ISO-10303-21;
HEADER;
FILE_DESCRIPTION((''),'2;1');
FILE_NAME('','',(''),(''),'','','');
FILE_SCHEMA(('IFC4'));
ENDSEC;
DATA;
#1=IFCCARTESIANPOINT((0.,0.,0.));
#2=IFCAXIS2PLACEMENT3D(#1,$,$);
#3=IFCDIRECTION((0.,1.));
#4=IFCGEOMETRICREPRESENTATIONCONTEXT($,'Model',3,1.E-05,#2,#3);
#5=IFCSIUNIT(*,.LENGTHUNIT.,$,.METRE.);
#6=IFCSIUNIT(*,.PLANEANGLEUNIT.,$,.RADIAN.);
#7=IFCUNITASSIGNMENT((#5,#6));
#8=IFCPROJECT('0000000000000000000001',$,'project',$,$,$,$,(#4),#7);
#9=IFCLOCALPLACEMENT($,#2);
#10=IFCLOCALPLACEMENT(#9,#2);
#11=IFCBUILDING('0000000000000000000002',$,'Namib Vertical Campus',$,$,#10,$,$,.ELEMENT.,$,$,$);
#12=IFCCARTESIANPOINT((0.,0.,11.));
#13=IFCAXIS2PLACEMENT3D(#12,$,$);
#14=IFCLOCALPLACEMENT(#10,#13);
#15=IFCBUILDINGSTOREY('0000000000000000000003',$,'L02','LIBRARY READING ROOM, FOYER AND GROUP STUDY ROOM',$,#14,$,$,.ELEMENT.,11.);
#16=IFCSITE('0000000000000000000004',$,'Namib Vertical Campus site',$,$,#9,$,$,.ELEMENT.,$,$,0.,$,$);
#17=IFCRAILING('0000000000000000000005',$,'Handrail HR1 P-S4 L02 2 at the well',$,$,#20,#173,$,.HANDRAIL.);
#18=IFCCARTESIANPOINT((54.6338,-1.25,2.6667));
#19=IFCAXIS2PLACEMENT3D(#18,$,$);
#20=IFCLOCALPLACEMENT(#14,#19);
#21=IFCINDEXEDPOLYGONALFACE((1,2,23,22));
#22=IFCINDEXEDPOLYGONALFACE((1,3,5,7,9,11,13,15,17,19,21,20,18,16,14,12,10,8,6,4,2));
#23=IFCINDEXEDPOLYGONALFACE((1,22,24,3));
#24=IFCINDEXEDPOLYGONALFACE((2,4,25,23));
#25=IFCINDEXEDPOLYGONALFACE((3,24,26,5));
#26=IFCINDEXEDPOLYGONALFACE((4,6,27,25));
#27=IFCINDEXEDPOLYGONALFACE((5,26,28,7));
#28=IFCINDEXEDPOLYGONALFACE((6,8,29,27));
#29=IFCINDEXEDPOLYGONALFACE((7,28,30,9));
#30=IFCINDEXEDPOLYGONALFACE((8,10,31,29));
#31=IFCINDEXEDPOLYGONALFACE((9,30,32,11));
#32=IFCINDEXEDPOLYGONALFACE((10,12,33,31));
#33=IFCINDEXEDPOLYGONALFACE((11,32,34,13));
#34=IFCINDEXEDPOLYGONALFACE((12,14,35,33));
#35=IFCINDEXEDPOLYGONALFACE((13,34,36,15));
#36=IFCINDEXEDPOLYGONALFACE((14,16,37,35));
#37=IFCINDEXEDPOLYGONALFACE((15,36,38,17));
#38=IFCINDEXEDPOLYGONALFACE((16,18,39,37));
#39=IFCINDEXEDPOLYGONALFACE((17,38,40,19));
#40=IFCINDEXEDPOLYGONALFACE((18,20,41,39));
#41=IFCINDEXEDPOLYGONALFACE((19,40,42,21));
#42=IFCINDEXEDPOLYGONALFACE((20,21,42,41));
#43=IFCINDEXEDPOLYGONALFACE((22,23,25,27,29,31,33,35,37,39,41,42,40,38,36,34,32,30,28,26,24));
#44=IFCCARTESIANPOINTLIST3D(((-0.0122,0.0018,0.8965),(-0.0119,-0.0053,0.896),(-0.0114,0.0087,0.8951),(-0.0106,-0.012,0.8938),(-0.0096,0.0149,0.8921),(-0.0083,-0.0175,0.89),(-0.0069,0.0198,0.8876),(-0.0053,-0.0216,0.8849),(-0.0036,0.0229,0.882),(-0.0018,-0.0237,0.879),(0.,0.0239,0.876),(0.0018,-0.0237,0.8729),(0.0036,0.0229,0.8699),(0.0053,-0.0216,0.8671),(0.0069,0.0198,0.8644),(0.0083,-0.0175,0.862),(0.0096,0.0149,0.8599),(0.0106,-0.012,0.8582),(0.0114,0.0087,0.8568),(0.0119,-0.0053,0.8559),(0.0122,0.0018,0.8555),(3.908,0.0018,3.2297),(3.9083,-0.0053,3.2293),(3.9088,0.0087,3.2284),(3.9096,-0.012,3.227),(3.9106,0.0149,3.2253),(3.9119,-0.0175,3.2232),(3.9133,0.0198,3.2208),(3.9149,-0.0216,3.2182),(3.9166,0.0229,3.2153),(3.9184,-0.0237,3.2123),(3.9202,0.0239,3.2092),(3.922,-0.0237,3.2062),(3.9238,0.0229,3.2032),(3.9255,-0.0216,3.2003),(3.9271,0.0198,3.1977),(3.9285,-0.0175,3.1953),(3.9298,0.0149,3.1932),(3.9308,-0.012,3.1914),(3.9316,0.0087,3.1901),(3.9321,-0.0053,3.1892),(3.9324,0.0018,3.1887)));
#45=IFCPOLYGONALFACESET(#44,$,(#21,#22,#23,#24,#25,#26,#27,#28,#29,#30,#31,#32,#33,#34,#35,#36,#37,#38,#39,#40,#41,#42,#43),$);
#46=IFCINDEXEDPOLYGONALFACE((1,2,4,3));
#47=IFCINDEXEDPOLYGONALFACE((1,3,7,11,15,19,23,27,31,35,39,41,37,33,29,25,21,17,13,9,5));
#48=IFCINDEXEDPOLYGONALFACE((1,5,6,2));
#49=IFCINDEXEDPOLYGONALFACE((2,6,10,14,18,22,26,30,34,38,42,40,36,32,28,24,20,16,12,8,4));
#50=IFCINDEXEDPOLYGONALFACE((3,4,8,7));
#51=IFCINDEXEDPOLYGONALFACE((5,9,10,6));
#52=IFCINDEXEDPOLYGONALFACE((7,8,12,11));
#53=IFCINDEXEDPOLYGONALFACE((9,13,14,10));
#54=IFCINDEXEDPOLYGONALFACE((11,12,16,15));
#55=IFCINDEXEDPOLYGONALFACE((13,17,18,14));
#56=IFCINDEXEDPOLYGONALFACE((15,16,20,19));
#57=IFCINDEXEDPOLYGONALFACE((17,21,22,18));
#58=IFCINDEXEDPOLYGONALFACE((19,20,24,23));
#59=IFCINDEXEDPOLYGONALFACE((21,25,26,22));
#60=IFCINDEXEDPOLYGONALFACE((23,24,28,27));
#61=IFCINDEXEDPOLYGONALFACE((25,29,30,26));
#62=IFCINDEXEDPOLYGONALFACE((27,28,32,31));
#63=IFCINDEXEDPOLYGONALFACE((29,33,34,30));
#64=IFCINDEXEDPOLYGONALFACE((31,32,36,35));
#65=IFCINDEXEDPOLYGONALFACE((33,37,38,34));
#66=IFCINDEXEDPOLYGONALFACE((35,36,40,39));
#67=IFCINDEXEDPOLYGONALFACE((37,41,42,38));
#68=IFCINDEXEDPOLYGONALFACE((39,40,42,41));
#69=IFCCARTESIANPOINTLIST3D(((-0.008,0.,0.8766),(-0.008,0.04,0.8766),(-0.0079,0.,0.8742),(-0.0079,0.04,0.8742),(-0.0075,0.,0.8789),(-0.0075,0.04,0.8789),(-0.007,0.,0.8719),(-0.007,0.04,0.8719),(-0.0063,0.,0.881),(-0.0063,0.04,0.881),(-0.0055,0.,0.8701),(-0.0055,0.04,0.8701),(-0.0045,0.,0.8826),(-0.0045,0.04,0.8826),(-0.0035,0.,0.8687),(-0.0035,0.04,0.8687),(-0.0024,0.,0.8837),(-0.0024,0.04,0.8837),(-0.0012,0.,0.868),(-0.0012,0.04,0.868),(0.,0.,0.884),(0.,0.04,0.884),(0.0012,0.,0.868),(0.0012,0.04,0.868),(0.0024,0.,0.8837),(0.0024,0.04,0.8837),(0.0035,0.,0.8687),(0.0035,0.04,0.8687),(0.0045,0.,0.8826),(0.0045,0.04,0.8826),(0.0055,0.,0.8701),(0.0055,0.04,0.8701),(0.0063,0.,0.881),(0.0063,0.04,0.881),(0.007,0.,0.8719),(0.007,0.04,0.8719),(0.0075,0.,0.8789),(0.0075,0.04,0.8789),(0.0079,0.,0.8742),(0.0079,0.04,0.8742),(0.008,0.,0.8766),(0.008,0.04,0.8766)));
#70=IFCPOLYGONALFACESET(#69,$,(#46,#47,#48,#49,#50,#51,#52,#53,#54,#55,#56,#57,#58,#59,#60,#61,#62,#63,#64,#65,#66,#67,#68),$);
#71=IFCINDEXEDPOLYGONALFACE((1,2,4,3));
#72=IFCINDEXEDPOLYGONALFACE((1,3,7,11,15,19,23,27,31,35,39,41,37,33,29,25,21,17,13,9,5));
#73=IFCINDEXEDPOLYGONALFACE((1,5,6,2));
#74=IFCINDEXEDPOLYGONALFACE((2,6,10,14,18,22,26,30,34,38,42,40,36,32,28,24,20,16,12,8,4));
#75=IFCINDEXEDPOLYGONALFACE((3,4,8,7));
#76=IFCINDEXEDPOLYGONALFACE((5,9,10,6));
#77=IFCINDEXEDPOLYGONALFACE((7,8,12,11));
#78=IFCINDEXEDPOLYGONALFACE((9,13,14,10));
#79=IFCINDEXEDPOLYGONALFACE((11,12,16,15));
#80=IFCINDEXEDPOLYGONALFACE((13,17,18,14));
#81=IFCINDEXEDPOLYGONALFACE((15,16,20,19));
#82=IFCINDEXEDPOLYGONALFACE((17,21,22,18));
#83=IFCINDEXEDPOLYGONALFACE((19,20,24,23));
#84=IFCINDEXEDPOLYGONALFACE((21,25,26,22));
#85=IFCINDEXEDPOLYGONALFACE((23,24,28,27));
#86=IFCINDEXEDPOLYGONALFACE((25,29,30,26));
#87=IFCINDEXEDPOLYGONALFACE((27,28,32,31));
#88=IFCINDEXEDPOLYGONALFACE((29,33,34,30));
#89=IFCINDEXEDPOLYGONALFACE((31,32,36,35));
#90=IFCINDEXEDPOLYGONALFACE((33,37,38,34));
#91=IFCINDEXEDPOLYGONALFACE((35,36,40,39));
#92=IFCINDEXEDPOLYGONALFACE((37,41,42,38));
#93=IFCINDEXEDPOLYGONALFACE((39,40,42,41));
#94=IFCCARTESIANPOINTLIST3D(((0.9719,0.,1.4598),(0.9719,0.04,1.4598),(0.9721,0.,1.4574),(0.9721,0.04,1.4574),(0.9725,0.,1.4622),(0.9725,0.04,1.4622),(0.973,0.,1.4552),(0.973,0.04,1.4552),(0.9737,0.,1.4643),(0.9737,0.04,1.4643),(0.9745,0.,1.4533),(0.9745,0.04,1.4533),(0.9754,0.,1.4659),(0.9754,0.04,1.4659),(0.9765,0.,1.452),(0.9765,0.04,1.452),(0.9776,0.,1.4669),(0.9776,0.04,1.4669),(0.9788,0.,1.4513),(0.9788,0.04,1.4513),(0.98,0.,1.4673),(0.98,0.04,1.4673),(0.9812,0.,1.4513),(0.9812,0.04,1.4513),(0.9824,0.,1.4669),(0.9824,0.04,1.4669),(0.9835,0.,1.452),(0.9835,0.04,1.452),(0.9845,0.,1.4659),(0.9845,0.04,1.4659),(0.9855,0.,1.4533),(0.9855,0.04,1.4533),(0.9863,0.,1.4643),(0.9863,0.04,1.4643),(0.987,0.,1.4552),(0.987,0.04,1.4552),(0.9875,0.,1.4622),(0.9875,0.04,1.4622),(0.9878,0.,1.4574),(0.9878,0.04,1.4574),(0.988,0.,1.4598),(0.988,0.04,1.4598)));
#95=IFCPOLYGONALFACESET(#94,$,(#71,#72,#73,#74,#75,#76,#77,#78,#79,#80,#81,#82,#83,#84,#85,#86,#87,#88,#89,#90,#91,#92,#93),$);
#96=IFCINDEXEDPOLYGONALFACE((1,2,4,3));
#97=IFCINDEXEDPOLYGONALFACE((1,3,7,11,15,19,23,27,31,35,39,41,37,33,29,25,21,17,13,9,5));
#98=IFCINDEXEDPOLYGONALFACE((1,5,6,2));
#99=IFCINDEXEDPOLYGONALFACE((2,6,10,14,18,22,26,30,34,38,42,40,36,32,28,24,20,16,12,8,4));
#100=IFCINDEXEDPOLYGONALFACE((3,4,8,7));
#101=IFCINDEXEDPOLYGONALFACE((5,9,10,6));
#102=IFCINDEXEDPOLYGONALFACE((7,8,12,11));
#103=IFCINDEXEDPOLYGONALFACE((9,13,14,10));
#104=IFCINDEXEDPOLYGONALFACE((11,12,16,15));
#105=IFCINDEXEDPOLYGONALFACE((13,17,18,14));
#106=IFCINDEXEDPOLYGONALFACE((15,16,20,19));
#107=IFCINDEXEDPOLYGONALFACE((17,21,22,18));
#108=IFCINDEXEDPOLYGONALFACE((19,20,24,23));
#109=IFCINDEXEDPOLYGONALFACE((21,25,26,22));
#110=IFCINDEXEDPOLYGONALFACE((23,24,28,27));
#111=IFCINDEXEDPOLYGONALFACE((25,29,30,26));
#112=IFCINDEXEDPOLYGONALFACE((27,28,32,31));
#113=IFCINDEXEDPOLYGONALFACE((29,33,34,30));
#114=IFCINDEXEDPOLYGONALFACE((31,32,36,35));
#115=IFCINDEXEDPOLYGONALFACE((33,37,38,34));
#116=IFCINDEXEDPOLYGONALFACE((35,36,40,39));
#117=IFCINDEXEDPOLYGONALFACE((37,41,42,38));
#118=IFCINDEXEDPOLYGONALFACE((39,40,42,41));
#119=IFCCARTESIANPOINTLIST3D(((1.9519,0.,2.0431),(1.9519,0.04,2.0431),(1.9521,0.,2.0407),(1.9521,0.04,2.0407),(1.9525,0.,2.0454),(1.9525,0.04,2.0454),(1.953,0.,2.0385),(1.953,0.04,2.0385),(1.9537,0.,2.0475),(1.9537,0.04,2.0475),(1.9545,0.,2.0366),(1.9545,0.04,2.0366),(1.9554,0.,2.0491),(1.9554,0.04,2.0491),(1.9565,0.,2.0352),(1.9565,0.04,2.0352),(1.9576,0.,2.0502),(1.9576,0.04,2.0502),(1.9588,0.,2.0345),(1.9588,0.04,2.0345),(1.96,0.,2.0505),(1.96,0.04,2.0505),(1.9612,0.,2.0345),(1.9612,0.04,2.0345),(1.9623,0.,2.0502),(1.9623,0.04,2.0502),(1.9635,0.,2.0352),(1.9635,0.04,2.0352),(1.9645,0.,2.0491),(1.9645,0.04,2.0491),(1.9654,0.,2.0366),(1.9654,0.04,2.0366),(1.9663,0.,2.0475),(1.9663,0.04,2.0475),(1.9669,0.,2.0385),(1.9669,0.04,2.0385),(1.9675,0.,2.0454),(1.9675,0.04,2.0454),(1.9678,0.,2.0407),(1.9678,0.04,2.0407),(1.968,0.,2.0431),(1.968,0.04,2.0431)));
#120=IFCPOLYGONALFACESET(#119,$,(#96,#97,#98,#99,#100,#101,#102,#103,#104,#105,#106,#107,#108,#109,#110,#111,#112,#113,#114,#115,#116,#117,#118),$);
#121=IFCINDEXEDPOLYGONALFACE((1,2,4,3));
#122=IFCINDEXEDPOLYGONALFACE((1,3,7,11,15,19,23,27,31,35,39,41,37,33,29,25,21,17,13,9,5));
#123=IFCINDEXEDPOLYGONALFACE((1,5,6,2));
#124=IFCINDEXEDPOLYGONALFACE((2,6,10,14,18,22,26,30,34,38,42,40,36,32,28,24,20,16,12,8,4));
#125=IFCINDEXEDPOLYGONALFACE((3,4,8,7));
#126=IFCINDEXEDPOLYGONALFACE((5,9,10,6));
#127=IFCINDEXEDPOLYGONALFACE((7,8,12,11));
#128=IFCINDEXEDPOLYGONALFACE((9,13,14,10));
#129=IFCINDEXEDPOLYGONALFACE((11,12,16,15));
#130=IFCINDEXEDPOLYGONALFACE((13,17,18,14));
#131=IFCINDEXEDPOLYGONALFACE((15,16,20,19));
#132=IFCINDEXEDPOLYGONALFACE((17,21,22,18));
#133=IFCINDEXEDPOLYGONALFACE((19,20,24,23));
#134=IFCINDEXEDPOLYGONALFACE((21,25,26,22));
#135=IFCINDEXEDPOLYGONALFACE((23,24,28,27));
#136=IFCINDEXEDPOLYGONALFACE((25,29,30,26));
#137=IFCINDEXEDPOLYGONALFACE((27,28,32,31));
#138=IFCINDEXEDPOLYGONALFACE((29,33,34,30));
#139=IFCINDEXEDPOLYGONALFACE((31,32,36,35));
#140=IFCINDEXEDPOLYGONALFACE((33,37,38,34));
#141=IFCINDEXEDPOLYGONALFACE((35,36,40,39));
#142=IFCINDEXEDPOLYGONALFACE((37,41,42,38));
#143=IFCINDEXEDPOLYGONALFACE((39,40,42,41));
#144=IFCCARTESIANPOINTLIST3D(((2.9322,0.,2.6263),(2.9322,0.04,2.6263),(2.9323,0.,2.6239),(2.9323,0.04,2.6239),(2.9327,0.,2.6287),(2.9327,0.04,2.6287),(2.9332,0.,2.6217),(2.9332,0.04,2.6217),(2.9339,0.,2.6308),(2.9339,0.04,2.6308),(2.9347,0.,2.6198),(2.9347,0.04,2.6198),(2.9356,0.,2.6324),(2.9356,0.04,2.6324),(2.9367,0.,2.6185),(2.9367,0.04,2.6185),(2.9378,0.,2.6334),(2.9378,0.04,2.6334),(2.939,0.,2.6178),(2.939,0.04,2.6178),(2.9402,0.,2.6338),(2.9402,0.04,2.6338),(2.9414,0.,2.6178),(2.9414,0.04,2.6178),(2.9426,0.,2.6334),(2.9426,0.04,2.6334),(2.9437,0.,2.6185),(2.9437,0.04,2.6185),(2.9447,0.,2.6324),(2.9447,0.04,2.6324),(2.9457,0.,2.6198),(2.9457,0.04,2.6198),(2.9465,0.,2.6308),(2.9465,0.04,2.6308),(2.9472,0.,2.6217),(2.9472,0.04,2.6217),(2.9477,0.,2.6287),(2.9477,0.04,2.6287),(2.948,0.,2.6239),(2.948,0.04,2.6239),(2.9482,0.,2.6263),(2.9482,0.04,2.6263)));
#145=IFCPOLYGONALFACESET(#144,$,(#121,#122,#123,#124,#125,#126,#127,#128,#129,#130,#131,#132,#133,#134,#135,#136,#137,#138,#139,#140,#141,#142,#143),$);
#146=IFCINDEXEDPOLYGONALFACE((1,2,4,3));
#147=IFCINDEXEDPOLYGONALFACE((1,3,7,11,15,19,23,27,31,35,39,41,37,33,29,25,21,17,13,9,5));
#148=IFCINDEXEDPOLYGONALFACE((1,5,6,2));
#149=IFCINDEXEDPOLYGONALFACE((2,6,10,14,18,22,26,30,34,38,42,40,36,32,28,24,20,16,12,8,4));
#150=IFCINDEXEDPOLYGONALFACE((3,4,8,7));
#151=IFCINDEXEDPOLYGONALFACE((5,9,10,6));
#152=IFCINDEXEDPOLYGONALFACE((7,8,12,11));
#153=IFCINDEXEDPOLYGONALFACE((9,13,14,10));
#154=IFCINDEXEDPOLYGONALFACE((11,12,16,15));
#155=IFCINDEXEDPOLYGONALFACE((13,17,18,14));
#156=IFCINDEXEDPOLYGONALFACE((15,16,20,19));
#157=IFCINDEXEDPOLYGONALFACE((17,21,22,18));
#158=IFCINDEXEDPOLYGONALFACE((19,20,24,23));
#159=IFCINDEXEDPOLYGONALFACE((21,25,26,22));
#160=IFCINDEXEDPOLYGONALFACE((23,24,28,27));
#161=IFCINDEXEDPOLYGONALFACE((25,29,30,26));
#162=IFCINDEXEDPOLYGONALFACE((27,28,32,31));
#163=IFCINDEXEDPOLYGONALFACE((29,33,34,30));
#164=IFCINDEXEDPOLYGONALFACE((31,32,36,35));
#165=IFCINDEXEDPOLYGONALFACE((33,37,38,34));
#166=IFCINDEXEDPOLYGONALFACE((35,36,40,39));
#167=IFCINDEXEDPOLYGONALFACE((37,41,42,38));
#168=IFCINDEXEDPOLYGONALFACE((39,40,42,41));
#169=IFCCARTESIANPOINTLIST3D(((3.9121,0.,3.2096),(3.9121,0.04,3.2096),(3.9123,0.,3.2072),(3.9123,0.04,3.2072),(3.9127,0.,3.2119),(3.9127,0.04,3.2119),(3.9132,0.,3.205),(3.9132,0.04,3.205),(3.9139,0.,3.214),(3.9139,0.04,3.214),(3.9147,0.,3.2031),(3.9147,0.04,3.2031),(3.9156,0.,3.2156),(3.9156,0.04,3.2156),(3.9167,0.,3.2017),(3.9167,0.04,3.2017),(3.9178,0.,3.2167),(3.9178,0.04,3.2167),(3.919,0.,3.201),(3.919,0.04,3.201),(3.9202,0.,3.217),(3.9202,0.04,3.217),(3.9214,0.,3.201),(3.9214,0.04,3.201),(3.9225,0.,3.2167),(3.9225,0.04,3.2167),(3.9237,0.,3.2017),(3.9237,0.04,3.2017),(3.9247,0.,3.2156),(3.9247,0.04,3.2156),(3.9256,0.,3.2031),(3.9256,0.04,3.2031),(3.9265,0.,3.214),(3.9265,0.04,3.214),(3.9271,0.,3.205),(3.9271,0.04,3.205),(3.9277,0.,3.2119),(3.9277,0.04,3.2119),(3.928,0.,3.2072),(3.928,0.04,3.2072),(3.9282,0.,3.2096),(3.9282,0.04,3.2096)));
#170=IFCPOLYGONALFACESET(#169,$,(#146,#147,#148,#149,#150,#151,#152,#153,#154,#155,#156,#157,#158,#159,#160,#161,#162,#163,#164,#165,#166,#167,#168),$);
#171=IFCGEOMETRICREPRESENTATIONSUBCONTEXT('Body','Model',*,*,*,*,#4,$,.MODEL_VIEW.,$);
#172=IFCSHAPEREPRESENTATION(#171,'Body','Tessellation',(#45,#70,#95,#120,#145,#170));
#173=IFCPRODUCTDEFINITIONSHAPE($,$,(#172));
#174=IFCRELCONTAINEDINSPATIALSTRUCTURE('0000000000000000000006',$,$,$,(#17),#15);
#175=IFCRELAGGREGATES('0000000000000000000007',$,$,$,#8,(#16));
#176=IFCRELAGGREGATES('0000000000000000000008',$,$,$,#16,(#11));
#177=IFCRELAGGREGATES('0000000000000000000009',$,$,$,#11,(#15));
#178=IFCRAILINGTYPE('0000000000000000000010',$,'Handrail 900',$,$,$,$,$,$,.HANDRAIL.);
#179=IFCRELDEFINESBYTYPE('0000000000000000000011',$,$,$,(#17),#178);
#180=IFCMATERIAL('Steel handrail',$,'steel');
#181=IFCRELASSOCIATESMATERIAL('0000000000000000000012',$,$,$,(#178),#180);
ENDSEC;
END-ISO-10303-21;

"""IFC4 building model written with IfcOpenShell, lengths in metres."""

from ifc_helpers import new_model, si_unit, direction, frame, origin, origin_2d, place, context, subcontext, project, spatial, circle, extrude, material, type_object, element, save


model = new_model("IFC4")

# Units and contexts
model_context = context("Model", 3, precision=1e-05, world=origin(), true_north=direction((0.0, 1.0)))
body_context = subcontext(model_context, "Body", "Model", "MODEL_VIEW")
ifc_project = project(units=[si_unit("LENGTHUNIT", "METRE"), si_unit("PLANEANGLEUNIT", "RADIAN")], contexts=[model_context])

# Site, building, storey
site_placement = place(None, origin())
site = spatial("IfcSite", under=ifc_project, at=site_placement, Name="Namib Vertical Campus site", CompositionType="ELEMENT", RefElevation=0.0)
building_placement = place(site_placement, origin())
building = spatial("IfcBuilding", under=site, at=building_placement, Name="Namib Vertical Campus", CompositionType="ELEMENT")
storey_placement = place(building_placement, frame((0.0, 0.0, 11.0)))
storey = spatial("IfcBuildingStorey", under=building, at=storey_placement, Name="L02", Description="LIBRARY READING ROOM, FOYER AND GROUP STUDY ROOM", CompositionType="ELEMENT", Elevation=11.0)

# Railing
ifc_material_1 = material(Name="Steel handrail", Category="steel")
railing_type_1 = type_object("IfcRailingType", Name="Handrail 900", PredefinedType="HANDRAIL", material=ifc_material_1)
railing_1_placement = place(storey_placement, frame((54.6338, -1.25, 2.6667)))
element("IfcRailing", 1, at=railing_1_placement, inside=storey, type_object=railing_type_1, Name="Handrail HR1 P-S4 L02 2 at the well", PredefinedType="HANDRAIL", context=body_context, shape_type="SweptSolid", body=[
    extrude(circle(Radius=0.0239, at=origin_2d()), frame((0.0, 0.0, 0.876), z_axis=(0.85931, 0.0, 0.511455), x_axis=(0.0, 1.0, 0.0)), (0.0, 0.0, 1.0), 4.562),
    extrude(circle(Radius=0.0081, at=origin_2d()), frame((0.0, 0.0, 0.876), z_axis=(0.0, 1.0, 0.0), x_axis=(0.0, 0.0, 1.0)), (0.0, 0.0, 1.0), 0.04),
    extrude(circle(Radius=0.0081, at=origin_2d()), frame((0.98, 0.0, 1.4592), z_axis=(0.0, 1.0, 0.0), x_axis=(0.0, 0.0, 1.0)), (0.0, 0.0, 1.0), 0.04),
    extrude(circle(Radius=0.0081, at=origin_2d()), frame((1.96, 0.0, 2.0425), z_axis=(0.0, 1.0, 0.0), x_axis=(0.0, 0.0, 1.0)), (0.0, 0.0, 1.0), 0.04),
    extrude(circle(Radius=0.0081, at=origin_2d()), frame((2.9402, 0.0, 2.6257), z_axis=(0.0, 1.0, 0.0), x_axis=(0.0, 0.0, 1.0)), (0.0, 0.0, 1.0), 0.04),
    extrude(circle(Radius=0.0081, at=origin_2d()), frame((3.9202, 0.0, 3.209), z_axis=(0.0, 1.0, 0.0), x_axis=(0.0, 0.0, 1.0)), (0.0, 0.0, 1.0), 0.04),
])

save(model, "model.ifc")
